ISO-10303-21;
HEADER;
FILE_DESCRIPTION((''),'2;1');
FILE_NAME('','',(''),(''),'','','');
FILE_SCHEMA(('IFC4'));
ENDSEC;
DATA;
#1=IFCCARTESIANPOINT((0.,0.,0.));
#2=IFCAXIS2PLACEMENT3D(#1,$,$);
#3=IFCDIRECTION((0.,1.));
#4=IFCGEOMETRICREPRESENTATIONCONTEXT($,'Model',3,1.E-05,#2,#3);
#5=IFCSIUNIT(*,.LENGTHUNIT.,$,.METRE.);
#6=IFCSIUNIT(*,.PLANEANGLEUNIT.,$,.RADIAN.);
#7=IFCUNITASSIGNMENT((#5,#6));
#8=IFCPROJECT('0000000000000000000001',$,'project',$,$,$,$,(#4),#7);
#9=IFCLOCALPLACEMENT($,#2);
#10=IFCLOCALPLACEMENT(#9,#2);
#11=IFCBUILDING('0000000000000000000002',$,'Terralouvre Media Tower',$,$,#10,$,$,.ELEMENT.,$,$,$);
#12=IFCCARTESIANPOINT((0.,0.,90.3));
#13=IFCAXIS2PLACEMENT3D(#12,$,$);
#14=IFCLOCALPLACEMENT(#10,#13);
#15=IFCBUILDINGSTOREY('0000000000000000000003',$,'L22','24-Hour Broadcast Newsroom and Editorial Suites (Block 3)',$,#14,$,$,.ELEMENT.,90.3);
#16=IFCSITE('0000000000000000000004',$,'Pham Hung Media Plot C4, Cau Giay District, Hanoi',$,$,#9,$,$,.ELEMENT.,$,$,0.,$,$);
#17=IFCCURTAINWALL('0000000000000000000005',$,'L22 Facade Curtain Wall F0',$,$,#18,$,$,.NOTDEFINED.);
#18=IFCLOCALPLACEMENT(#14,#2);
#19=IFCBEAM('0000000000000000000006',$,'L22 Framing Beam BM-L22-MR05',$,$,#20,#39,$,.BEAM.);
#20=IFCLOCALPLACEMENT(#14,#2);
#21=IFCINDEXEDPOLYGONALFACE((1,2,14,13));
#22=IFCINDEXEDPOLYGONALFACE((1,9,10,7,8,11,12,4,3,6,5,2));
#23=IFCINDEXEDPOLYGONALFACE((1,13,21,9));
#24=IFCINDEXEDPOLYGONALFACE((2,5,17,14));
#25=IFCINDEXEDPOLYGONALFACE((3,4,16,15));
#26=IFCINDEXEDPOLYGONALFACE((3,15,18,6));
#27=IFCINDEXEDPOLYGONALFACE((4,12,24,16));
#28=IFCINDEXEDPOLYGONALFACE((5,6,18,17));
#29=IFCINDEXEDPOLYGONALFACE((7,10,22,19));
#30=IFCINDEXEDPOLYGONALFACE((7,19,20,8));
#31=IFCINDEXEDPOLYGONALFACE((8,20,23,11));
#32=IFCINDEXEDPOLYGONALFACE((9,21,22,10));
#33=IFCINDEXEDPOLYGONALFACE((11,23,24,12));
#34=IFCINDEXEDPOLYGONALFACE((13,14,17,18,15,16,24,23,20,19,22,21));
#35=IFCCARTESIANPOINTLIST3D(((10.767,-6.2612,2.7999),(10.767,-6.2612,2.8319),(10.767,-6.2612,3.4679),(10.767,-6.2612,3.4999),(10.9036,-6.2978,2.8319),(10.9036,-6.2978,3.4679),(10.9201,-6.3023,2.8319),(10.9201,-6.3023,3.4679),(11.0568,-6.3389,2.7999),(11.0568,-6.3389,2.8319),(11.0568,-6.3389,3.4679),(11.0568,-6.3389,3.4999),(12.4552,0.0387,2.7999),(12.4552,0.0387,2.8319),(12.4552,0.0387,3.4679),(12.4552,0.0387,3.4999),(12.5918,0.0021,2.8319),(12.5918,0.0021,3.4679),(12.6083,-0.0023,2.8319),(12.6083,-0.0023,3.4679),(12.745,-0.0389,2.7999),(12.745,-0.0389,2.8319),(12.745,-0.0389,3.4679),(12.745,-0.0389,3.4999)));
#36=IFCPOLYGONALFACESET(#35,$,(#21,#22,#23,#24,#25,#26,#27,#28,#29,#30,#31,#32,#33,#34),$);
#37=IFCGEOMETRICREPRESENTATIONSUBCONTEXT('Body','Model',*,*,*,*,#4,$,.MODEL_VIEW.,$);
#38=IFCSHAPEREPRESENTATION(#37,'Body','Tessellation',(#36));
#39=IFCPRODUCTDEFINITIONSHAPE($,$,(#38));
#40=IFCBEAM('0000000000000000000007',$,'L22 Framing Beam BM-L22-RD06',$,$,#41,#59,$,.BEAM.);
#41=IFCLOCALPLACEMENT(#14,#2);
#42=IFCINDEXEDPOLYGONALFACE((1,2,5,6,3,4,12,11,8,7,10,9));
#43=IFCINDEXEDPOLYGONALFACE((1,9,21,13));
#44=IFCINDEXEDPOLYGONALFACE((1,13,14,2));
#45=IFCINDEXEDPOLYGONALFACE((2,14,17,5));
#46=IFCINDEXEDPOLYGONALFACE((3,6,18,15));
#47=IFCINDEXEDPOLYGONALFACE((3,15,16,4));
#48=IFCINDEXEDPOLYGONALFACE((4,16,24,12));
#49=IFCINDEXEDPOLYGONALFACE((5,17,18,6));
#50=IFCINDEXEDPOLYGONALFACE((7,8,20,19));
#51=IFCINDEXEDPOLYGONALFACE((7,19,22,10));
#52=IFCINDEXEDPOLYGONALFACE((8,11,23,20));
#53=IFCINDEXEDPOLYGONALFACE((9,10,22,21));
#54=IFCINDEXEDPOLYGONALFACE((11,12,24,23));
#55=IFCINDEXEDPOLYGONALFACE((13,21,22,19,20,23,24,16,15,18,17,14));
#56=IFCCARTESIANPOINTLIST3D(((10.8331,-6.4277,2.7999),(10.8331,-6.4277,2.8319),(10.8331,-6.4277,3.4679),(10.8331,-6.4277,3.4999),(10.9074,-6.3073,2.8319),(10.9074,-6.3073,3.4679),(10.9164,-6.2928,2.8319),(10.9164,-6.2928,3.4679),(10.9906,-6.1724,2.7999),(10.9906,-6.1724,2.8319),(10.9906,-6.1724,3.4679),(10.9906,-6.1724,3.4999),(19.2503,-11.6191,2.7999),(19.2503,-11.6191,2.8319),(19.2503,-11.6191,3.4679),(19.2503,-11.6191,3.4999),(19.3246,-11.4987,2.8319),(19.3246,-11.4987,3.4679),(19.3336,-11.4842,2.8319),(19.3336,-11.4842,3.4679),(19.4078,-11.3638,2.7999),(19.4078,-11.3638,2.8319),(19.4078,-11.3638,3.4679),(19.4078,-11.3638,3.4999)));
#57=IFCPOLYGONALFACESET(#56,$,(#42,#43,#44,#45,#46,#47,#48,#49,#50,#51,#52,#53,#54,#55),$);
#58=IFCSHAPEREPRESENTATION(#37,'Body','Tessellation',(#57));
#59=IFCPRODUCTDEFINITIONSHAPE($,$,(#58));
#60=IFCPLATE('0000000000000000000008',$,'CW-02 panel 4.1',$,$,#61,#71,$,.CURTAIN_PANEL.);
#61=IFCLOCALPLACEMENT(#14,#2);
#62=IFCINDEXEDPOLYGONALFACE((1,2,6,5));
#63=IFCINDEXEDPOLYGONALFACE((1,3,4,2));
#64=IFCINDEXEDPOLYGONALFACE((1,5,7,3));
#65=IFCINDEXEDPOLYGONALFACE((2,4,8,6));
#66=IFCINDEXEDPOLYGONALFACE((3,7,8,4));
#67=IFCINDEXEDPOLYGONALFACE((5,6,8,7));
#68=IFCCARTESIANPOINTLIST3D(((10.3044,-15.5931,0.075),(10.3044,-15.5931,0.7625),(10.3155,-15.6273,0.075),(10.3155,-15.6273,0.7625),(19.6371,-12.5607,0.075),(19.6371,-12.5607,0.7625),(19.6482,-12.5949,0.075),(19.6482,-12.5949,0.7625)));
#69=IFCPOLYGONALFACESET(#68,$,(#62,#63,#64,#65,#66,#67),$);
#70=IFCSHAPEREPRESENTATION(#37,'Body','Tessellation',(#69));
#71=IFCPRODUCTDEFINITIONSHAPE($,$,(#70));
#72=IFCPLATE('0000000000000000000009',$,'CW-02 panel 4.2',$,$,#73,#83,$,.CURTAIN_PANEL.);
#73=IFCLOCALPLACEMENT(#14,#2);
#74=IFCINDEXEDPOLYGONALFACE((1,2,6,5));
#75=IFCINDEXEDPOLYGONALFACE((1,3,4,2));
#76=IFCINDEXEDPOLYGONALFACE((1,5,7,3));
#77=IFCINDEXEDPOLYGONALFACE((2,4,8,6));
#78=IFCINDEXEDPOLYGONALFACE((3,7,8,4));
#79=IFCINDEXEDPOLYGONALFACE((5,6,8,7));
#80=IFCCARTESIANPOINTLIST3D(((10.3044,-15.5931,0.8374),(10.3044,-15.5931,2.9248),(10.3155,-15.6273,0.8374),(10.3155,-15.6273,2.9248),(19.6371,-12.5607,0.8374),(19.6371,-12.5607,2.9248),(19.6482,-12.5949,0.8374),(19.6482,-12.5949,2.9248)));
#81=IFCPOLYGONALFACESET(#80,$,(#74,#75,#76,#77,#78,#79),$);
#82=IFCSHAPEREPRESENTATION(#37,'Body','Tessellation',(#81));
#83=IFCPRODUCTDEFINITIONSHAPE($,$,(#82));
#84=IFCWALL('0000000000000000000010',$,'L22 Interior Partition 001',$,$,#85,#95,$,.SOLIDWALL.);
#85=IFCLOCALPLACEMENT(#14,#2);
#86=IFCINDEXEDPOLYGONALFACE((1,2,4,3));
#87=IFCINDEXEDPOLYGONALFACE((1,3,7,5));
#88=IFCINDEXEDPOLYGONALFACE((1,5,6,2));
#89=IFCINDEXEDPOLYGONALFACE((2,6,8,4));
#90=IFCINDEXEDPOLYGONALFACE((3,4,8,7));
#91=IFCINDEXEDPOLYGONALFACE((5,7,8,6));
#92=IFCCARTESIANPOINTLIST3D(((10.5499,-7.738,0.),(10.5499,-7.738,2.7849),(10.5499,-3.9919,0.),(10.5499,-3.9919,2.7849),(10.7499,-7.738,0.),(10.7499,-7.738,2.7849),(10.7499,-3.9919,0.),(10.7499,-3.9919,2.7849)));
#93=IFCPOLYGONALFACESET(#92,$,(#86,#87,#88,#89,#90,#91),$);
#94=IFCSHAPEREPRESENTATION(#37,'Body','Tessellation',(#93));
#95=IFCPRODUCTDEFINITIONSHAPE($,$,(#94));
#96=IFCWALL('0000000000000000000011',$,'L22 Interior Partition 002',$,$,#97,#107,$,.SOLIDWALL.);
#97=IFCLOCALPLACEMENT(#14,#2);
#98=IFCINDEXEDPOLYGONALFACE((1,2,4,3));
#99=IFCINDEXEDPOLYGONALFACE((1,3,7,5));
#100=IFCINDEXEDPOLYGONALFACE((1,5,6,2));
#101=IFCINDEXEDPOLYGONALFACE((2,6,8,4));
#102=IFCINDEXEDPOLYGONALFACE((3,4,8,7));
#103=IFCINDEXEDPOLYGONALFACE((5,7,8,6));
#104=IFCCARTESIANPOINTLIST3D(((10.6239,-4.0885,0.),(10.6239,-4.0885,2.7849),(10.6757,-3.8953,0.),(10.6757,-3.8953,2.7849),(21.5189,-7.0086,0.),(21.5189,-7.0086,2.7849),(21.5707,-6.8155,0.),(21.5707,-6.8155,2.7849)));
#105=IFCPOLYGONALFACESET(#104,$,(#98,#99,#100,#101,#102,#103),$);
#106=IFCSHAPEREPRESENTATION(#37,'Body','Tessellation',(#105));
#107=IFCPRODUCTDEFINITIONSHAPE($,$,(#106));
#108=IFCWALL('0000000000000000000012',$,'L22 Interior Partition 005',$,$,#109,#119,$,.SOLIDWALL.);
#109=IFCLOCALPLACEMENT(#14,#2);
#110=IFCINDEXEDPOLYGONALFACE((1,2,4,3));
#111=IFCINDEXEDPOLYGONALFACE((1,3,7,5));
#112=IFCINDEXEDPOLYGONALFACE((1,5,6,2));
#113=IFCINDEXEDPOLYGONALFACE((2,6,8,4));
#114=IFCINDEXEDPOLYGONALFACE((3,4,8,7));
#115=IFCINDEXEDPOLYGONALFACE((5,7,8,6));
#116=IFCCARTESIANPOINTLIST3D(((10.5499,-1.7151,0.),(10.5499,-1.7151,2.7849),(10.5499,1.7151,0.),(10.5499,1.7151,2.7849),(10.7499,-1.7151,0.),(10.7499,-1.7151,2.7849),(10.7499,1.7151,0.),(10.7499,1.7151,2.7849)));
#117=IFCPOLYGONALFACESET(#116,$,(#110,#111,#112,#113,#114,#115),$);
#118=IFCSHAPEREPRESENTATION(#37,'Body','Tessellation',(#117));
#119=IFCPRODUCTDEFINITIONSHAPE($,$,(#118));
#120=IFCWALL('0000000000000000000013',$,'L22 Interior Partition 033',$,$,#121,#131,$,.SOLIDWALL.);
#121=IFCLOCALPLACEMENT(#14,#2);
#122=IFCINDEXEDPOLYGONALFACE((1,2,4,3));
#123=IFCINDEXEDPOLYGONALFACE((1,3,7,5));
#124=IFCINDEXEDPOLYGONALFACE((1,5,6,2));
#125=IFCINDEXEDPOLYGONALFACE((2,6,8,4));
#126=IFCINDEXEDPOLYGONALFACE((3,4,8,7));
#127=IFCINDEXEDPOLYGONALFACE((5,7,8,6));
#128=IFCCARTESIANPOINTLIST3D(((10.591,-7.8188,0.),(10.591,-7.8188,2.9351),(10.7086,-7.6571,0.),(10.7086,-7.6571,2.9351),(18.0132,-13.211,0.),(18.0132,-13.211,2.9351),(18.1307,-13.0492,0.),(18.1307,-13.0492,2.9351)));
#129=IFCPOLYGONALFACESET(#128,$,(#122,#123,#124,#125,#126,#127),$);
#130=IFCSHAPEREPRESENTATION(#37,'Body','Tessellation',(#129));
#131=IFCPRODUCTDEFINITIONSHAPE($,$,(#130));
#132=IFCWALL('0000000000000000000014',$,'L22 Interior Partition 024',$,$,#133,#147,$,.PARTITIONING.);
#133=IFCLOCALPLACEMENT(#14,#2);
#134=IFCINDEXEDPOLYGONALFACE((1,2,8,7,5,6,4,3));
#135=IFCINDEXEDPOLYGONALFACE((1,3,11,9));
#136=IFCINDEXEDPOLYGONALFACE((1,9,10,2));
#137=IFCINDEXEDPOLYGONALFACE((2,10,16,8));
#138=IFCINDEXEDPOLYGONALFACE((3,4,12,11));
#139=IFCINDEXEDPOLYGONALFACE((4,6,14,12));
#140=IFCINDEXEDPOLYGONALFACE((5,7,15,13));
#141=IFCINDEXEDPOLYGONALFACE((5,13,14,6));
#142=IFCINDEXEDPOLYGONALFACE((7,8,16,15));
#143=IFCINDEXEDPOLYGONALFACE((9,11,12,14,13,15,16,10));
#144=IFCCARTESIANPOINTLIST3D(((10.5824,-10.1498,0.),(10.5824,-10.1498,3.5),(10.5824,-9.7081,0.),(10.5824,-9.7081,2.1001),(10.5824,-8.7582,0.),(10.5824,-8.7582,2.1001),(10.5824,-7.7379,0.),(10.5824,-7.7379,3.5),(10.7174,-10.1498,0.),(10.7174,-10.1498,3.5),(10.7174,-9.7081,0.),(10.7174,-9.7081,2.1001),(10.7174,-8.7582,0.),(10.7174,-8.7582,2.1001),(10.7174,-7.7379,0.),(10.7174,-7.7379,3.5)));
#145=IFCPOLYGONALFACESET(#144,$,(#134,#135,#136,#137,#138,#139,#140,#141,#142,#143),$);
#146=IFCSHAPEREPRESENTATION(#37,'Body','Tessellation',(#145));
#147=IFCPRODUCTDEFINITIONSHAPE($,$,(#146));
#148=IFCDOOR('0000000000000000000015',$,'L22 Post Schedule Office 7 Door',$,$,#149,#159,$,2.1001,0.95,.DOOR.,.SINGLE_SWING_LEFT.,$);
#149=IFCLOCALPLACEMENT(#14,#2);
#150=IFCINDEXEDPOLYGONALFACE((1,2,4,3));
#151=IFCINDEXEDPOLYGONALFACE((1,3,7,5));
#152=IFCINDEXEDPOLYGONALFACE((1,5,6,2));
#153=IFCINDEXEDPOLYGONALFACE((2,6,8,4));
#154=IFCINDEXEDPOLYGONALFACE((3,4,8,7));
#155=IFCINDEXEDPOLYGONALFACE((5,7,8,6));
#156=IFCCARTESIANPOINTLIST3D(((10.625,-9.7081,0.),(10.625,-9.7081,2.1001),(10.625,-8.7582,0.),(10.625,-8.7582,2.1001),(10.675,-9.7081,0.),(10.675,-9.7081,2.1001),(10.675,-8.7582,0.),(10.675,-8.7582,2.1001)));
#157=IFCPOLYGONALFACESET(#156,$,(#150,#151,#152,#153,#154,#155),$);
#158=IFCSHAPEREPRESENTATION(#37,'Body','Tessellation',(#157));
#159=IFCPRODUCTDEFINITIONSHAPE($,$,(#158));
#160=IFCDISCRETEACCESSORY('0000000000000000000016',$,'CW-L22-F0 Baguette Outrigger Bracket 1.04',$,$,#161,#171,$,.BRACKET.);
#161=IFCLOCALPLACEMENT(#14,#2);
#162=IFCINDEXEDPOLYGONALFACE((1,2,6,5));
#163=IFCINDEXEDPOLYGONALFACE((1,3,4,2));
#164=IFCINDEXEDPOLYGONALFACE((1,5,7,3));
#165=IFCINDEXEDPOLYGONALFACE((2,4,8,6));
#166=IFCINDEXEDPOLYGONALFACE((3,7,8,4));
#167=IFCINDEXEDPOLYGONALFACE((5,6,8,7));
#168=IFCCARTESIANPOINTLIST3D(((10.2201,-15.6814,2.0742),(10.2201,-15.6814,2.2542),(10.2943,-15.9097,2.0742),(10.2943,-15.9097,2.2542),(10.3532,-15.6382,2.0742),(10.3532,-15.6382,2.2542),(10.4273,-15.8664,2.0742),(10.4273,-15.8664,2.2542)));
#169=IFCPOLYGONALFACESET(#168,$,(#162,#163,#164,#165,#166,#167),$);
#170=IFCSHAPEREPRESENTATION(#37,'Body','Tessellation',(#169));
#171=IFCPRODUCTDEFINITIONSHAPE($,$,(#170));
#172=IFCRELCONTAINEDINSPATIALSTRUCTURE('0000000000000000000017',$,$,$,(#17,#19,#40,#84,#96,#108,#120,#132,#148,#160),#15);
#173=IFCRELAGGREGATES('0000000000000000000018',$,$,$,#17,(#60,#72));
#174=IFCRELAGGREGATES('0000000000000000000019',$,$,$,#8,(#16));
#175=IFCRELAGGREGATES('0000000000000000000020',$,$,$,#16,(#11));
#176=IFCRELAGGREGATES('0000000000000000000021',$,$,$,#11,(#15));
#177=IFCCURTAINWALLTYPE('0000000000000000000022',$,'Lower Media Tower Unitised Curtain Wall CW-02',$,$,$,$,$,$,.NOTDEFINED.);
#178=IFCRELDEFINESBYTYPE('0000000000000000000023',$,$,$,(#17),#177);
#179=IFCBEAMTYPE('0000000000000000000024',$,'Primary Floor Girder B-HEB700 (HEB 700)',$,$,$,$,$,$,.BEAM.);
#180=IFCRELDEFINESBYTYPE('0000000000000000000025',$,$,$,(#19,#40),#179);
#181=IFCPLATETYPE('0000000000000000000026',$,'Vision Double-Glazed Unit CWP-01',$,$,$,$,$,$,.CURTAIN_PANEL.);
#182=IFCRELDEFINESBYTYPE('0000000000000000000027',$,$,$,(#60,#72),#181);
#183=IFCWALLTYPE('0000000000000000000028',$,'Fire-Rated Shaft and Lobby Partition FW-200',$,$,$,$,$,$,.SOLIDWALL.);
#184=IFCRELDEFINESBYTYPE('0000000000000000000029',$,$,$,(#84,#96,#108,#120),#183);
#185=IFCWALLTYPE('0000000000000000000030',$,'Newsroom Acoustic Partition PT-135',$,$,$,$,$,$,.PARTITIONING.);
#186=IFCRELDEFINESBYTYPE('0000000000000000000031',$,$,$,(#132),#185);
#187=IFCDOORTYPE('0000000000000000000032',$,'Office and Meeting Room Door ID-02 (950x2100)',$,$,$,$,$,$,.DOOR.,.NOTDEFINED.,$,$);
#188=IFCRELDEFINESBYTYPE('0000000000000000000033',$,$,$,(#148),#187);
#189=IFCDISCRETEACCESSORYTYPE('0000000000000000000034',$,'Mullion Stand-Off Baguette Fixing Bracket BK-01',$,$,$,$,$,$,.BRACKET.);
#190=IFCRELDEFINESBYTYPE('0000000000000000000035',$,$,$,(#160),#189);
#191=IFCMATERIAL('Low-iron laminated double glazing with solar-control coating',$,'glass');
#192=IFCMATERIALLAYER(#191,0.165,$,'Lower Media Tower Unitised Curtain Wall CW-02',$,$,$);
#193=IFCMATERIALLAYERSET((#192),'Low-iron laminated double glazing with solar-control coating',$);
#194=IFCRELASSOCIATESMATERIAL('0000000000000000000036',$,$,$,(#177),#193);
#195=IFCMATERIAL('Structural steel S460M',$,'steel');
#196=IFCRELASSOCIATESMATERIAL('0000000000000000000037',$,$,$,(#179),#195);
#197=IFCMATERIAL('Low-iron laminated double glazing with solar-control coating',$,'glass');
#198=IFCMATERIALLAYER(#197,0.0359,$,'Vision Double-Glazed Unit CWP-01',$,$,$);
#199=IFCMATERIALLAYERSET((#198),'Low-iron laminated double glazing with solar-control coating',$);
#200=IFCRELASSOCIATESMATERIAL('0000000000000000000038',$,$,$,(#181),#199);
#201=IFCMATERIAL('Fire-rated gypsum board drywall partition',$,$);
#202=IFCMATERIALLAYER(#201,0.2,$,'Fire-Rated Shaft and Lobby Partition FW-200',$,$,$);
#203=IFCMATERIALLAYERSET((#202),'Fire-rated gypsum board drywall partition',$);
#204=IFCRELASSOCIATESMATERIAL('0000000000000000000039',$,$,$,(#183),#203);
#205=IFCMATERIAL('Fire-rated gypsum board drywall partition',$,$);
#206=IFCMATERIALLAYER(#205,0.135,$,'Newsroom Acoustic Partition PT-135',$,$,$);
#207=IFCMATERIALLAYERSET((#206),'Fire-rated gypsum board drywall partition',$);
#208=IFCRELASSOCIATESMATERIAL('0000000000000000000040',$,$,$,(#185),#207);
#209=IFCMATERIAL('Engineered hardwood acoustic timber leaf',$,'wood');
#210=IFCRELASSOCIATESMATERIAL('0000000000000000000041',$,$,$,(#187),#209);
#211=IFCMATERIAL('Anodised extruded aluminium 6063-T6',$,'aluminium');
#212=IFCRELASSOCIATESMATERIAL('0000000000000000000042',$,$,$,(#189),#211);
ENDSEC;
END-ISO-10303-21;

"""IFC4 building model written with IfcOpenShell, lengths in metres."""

from ifc_helpers import new_model, si_unit, direction, frame, frame_2d, origin, origin_2d, place, context, subcontext, project, spatial, rectangle, i_section, extrude, material, layer, layer_set, material_profile, profile_set, type_object, element, fill, aggregate, save


model = new_model("IFC4")

# Units and contexts
model_context = context("Model", 3, precision=1e-05, world=origin(), true_north=direction((0.0, 1.0)))
body_context = subcontext(model_context, "Body", "Model", "MODEL_VIEW")
ifc_project = project(units=[si_unit("LENGTHUNIT", "METRE"), si_unit("PLANEANGLEUNIT", "RADIAN")], contexts=[model_context])

# Site, building, storey
site_placement = place(None, origin())
site = spatial("IfcSite", under=ifc_project, at=site_placement, Name="Pham Hung Media Plot C4, Cau Giay District, Hanoi", CompositionType="ELEMENT", RefElevation=0.0)
building_placement = place(site_placement, origin())
building = spatial("IfcBuilding", under=site, at=building_placement, Name="Terralouvre Media Tower", CompositionType="ELEMENT")
storey_placement = place(building_placement, frame((0.0, 0.0, 90.3)))
storey = spatial("IfcBuildingStorey", under=building, at=storey_placement, Name="L22", Description="24-Hour Broadcast Newsroom and Editorial Suites (Block 3)", CompositionType="ELEMENT", Elevation=90.3)

# Curtain wall
ifc_material_1 = material(Name="Low-iron laminated double glazing with solar-control coating", Category="glass")
ifc_layer_1 = layer(ifc_material_1, 0.165, Name="Lower Media Tower Unitised Curtain Wall CW-02")
ifc_layer_set_1 = layer_set([ifc_layer_1], Name="Low-iron laminated double glazing with solar-control coating")
curtain_wall_type = type_object("IfcCurtainWallType", Name="Lower Media Tower Unitised Curtain Wall CW-02", PredefinedType="NOTDEFINED", material=ifc_layer_set_1)
curtain_wall_placement = place(storey_placement, origin())
curtain_wall = element("IfcCurtainWall", 1, at=curtain_wall_placement, inside=storey, type_object=curtain_wall_type, Name="L22 Facade Curtain Wall F0", PredefinedType="NOTDEFINED")

# Beams
ifc_material_2 = material(Name="Structural steel S460M", Category="steel")
ifc_material_profile_1 = material_profile(ifc_material_2, i_section(OverallWidth=0.3, OverallDepth=0.7, WebThickness=0.0171, FlangeThickness=0.032, at=origin_2d()), Name="HEB 700")
ifc_profile_set_1 = profile_set([ifc_material_profile_1], Name="Structural steel S460M")
beam_type_1 = type_object("IfcBeamType", Name="Primary Floor Girder B-HEB700 (HEB 700)", PredefinedType="BEAM", material=ifc_profile_set_1)
beam_1_placement = place(storey_placement, frame((10.9119, -6.3, 3.1499), z_axis=(0.258839, 0.96592, 0.0), x_axis=(-0.96592, 0.258839, 0.0)))
element("IfcBeam", 2, at=beam_1_placement, inside=storey, type_object=beam_type_1, Name="L22 Framing Beam BM-L22-MR05", PredefinedType="BEAM", context=body_context, shape_type="SweptSolid", body=[
    extrude(i_section(OverallWidth=0.3, OverallDepth=0.7, WebThickness=0.0171, FlangeThickness=0.032, at=origin_2d()), origin(), (0.0, 0.0, 1.0), 6.5222),
])
beam_2_placement = place(storey_placement, frame((10.9119, -6.3, 3.1499), z_axis=(0.851136, -0.524946, 0.0), x_axis=(0.524946, 0.851136, 0.0)))
element("IfcBeam", 3, at=beam_2_placement, inside=storey, type_object=beam_type_1, Name="L22 Framing Beam BM-L22-RD06", PredefinedType="BEAM", context=body_context, shape_type="SweptSolid", body=[
    extrude(i_section(OverallWidth=0.3, OverallDepth=0.7, WebThickness=0.0171, FlangeThickness=0.032, at=origin_2d()), origin(), (0.0, 0.0, 1.0), 9.8894),
])

# Plates
ifc_material_3 = material(Name="Low-iron laminated double glazing with solar-control coating", Category="glass")
ifc_layer_2 = layer(ifc_material_3, 0.0359, Name="Vision Double-Glazed Unit CWP-01")
ifc_layer_set_2 = layer_set([ifc_layer_2], Name="Low-iron laminated double glazing with solar-control coating")
plate_type = type_object("IfcPlateType", Name="Vision Double-Glazed Unit CWP-01", PredefinedType="CURTAIN_PANEL", material=ifc_layer_set_2)
plate_1_placement = place(storey_placement, frame((14.9763, -14.094, 0.075), z_axis=(0.0, 0.0, 1.0), x_axis=(0.951057, 0.309017, 0.0)))
plate_1 = element("IfcPlate", 4, at=plate_1_placement, type_object=plate_type, Name="CW-02 panel 4.1", PredefinedType="CURTAIN_PANEL", context=body_context, shape_type="SweptSolid", body=[
    extrude(rectangle(XDim=9.813, YDim=0.0359, at=origin_2d()), origin(), (0.0, 0.0, 1.0), 0.6875),
])
plate_2_placement = place(storey_placement, frame((14.9763, -14.094, 0.8374), z_axis=(0.0, 0.0, 1.0), x_axis=(0.951057, 0.309017, 0.0)))
plate_2 = element("IfcPlate", 5, at=plate_2_placement, type_object=plate_type, Name="CW-02 panel 4.2", PredefinedType="CURTAIN_PANEL", context=body_context, shape_type="SweptSolid", body=[
    extrude(rectangle(XDim=9.813, YDim=0.0359, at=origin_2d()), origin(), (0.0, 0.0, 1.0), 2.0874),
])
aggregate(curtain_wall, [plate_1, plate_2])

# Walls
ifc_material_4 = material(Name="Fire-rated gypsum board drywall partition")
ifc_layer_3 = layer(ifc_material_4, 0.2, Name="Fire-Rated Shaft and Lobby Partition FW-200")
ifc_layer_set_3 = layer_set([ifc_layer_3], Name="Fire-rated gypsum board drywall partition")
wall_type_1 = type_object("IfcWallType", Name="Fire-Rated Shaft and Lobby Partition FW-200", PredefinedType="SOLIDWALL", material=ifc_layer_set_3)
wall_1_placement = place(storey_placement, frame((10.6499, -7.738, 0.0), z_axis=(0.0, 0.0, 1.0), x_axis=(0.0, 1.0, 0.0)))
element("IfcWall", 6, at=wall_1_placement, inside=storey, type_object=wall_type_1, Name="L22 Interior Partition 001", PredefinedType="SOLIDWALL", context=body_context, shape_type="SweptSolid", body=[
    extrude(rectangle(XDim=3.7461, YDim=0.2, at=frame_2d((1.873, 0.0))), origin(), (0.0, 0.0, 1.0), 2.7849),
])
wall_2_placement = place(storey_placement, frame((10.6499, -3.9919, 0.0), z_axis=(0.0, 0.0, 1.0), x_axis=(0.965907, -0.25889, 0.0)))
element("IfcWall", 7, at=wall_2_placement, inside=storey, type_object=wall_type_1, Name="L22 Interior Partition 002", PredefinedType="SOLIDWALL", context=body_context, shape_type="SweptSolid", body=[
    extrude(rectangle(XDim=11.2795, YDim=0.2, at=frame_2d((5.6396, 0.0))), origin(), (0.0, 0.0, 1.0), 2.7849),
])
wall_3_placement = place(storey_placement, frame((10.6499, -1.7151, 0.0), z_axis=(0.0, 0.0, 1.0), x_axis=(0.0, 1.0, 0.0)))
element("IfcWall", 8, at=wall_3_placement, inside=storey, type_object=wall_type_1, Name="L22 Interior Partition 005", PredefinedType="SOLIDWALL", context=body_context, shape_type="SweptSolid", body=[
    extrude(rectangle(XDim=3.4302, YDim=0.2, at=frame_2d((1.7151, 0.0))), origin(), (0.0, 0.0, 1.0), 2.7849),
])
wall_4_placement = place(storey_placement, frame((10.6499, -7.738, 0.0), z_axis=(0.0, 0.0, 1.0), x_axis=(0.809037, -0.587757, 0.0)))
element("IfcWall", 9, at=wall_4_placement, inside=storey, type_object=wall_type_1, Name="L22 Interior Partition 033", PredefinedType="SOLIDWALL", context=body_context, shape_type="SweptSolid", body=[
    extrude(rectangle(XDim=9.1741, YDim=0.2, at=frame_2d((4.5869, 0.0))), origin(), (0.0, 0.0, 1.0), 2.9351),
])

# Wall, opening, door
ifc_material_5 = material(Name="Fire-rated gypsum board drywall partition")
ifc_layer_4 = layer(ifc_material_5, 0.135, Name="Newsroom Acoustic Partition PT-135")
ifc_layer_set_4 = layer_set([ifc_layer_4], Name="Fire-rated gypsum board drywall partition")
wall_type_2 = type_object("IfcWallType", Name="Newsroom Acoustic Partition PT-135", PredefinedType="PARTITIONING", material=ifc_layer_set_4)
wall_5_placement = place(storey_placement, frame((10.6499, -10.1499, 0.0), z_axis=(0.0, 0.0, 1.0), x_axis=(0.0, 1.0, 0.0)))
wall_5 = element("IfcWall", 10, at=wall_5_placement, inside=storey, type_object=wall_type_2, Name="L22 Interior Partition 024", PredefinedType="PARTITIONING", context=body_context, shape_type="SweptSolid", body=[
    extrude(rectangle(XDim=2.4119, YDim=0.135, at=frame_2d((1.2061, 0.0))), origin(), (0.0, 0.0, 1.0), 3.5),
])
opening_placement = place(wall_5_placement, frame((0.4417, 0.0, 0.0)))
opening = element("IfcOpeningElement", 11, at=opening_placement, cuts=wall_5, PredefinedType="OPENING", context=body_context, shape_type="SweptSolid", body=[
    extrude(rectangle(XDim=0.95, YDim=2.1001, at=frame_2d((0.4751, 1.05))), frame((0.0, 0.0774, 0.0), z_axis=(0.0, -1.0, 0.0), x_axis=(1.0, 0.0, 0.0)), (0.0, 0.0, 1.0), 0.155),
])
ifc_material_6 = material(Name="Engineered hardwood acoustic timber leaf", Category="wood")
door_type = type_object("IfcDoorType", Name="Office and Meeting Room Door ID-02 (950x2100)", OperationType="NOTDEFINED", PredefinedType="DOOR", material=ifc_material_6)
door_placement = place(opening_placement, origin())
door = element("IfcDoor", 12, at=door_placement, inside=storey, type_object=door_type, Name="L22 Post Schedule Office 7 Door", OperationType="SINGLE_SWING_LEFT", OverallHeight=2.1001, OverallWidth=0.95, PredefinedType="DOOR", context=body_context, shape_type="SweptSolid", body=[
    extrude(rectangle(XDim=0.95, YDim=2.1001, at=frame_2d((0.4751, 1.05))), frame((0.0, 0.0249, 0.0), z_axis=(0.0, -1.0, 0.0), x_axis=(1.0, 0.0, 0.0)), (0.0, 0.0, 1.0), 0.05),
])
fill(opening, door)

# Discrete accessory
ifc_material_7 = material(Name="Anodised extruded aluminium 6063-T6", Category="aluminium")
discrete_accessory_type = type_object("IfcDiscreteAccessoryType", Name="Mullion Stand-Off Baguette Fixing Bracket BK-01", PredefinedType="BRACKET", material=ifc_material_7)
discrete_accessory_placement = place(storey_placement, frame((10.3237, -15.7739, 2.0742), z_axis=(0.0, 0.0, 1.0), x_axis=(0.951057, 0.309017, 0.0)))
element("IfcDiscreteAccessory", 13, at=discrete_accessory_placement, inside=storey, type_object=discrete_accessory_type, Name="CW-L22-F0 Baguette Outrigger Bracket 1.04", PredefinedType="BRACKET", context=body_context, shape_type="SweptSolid", body=[
    extrude(rectangle(XDim=0.1399, YDim=0.24, at=origin_2d()), origin(), (0.0, 0.0, 1.0), 0.1799),
])

save(model, "model.ifc")
